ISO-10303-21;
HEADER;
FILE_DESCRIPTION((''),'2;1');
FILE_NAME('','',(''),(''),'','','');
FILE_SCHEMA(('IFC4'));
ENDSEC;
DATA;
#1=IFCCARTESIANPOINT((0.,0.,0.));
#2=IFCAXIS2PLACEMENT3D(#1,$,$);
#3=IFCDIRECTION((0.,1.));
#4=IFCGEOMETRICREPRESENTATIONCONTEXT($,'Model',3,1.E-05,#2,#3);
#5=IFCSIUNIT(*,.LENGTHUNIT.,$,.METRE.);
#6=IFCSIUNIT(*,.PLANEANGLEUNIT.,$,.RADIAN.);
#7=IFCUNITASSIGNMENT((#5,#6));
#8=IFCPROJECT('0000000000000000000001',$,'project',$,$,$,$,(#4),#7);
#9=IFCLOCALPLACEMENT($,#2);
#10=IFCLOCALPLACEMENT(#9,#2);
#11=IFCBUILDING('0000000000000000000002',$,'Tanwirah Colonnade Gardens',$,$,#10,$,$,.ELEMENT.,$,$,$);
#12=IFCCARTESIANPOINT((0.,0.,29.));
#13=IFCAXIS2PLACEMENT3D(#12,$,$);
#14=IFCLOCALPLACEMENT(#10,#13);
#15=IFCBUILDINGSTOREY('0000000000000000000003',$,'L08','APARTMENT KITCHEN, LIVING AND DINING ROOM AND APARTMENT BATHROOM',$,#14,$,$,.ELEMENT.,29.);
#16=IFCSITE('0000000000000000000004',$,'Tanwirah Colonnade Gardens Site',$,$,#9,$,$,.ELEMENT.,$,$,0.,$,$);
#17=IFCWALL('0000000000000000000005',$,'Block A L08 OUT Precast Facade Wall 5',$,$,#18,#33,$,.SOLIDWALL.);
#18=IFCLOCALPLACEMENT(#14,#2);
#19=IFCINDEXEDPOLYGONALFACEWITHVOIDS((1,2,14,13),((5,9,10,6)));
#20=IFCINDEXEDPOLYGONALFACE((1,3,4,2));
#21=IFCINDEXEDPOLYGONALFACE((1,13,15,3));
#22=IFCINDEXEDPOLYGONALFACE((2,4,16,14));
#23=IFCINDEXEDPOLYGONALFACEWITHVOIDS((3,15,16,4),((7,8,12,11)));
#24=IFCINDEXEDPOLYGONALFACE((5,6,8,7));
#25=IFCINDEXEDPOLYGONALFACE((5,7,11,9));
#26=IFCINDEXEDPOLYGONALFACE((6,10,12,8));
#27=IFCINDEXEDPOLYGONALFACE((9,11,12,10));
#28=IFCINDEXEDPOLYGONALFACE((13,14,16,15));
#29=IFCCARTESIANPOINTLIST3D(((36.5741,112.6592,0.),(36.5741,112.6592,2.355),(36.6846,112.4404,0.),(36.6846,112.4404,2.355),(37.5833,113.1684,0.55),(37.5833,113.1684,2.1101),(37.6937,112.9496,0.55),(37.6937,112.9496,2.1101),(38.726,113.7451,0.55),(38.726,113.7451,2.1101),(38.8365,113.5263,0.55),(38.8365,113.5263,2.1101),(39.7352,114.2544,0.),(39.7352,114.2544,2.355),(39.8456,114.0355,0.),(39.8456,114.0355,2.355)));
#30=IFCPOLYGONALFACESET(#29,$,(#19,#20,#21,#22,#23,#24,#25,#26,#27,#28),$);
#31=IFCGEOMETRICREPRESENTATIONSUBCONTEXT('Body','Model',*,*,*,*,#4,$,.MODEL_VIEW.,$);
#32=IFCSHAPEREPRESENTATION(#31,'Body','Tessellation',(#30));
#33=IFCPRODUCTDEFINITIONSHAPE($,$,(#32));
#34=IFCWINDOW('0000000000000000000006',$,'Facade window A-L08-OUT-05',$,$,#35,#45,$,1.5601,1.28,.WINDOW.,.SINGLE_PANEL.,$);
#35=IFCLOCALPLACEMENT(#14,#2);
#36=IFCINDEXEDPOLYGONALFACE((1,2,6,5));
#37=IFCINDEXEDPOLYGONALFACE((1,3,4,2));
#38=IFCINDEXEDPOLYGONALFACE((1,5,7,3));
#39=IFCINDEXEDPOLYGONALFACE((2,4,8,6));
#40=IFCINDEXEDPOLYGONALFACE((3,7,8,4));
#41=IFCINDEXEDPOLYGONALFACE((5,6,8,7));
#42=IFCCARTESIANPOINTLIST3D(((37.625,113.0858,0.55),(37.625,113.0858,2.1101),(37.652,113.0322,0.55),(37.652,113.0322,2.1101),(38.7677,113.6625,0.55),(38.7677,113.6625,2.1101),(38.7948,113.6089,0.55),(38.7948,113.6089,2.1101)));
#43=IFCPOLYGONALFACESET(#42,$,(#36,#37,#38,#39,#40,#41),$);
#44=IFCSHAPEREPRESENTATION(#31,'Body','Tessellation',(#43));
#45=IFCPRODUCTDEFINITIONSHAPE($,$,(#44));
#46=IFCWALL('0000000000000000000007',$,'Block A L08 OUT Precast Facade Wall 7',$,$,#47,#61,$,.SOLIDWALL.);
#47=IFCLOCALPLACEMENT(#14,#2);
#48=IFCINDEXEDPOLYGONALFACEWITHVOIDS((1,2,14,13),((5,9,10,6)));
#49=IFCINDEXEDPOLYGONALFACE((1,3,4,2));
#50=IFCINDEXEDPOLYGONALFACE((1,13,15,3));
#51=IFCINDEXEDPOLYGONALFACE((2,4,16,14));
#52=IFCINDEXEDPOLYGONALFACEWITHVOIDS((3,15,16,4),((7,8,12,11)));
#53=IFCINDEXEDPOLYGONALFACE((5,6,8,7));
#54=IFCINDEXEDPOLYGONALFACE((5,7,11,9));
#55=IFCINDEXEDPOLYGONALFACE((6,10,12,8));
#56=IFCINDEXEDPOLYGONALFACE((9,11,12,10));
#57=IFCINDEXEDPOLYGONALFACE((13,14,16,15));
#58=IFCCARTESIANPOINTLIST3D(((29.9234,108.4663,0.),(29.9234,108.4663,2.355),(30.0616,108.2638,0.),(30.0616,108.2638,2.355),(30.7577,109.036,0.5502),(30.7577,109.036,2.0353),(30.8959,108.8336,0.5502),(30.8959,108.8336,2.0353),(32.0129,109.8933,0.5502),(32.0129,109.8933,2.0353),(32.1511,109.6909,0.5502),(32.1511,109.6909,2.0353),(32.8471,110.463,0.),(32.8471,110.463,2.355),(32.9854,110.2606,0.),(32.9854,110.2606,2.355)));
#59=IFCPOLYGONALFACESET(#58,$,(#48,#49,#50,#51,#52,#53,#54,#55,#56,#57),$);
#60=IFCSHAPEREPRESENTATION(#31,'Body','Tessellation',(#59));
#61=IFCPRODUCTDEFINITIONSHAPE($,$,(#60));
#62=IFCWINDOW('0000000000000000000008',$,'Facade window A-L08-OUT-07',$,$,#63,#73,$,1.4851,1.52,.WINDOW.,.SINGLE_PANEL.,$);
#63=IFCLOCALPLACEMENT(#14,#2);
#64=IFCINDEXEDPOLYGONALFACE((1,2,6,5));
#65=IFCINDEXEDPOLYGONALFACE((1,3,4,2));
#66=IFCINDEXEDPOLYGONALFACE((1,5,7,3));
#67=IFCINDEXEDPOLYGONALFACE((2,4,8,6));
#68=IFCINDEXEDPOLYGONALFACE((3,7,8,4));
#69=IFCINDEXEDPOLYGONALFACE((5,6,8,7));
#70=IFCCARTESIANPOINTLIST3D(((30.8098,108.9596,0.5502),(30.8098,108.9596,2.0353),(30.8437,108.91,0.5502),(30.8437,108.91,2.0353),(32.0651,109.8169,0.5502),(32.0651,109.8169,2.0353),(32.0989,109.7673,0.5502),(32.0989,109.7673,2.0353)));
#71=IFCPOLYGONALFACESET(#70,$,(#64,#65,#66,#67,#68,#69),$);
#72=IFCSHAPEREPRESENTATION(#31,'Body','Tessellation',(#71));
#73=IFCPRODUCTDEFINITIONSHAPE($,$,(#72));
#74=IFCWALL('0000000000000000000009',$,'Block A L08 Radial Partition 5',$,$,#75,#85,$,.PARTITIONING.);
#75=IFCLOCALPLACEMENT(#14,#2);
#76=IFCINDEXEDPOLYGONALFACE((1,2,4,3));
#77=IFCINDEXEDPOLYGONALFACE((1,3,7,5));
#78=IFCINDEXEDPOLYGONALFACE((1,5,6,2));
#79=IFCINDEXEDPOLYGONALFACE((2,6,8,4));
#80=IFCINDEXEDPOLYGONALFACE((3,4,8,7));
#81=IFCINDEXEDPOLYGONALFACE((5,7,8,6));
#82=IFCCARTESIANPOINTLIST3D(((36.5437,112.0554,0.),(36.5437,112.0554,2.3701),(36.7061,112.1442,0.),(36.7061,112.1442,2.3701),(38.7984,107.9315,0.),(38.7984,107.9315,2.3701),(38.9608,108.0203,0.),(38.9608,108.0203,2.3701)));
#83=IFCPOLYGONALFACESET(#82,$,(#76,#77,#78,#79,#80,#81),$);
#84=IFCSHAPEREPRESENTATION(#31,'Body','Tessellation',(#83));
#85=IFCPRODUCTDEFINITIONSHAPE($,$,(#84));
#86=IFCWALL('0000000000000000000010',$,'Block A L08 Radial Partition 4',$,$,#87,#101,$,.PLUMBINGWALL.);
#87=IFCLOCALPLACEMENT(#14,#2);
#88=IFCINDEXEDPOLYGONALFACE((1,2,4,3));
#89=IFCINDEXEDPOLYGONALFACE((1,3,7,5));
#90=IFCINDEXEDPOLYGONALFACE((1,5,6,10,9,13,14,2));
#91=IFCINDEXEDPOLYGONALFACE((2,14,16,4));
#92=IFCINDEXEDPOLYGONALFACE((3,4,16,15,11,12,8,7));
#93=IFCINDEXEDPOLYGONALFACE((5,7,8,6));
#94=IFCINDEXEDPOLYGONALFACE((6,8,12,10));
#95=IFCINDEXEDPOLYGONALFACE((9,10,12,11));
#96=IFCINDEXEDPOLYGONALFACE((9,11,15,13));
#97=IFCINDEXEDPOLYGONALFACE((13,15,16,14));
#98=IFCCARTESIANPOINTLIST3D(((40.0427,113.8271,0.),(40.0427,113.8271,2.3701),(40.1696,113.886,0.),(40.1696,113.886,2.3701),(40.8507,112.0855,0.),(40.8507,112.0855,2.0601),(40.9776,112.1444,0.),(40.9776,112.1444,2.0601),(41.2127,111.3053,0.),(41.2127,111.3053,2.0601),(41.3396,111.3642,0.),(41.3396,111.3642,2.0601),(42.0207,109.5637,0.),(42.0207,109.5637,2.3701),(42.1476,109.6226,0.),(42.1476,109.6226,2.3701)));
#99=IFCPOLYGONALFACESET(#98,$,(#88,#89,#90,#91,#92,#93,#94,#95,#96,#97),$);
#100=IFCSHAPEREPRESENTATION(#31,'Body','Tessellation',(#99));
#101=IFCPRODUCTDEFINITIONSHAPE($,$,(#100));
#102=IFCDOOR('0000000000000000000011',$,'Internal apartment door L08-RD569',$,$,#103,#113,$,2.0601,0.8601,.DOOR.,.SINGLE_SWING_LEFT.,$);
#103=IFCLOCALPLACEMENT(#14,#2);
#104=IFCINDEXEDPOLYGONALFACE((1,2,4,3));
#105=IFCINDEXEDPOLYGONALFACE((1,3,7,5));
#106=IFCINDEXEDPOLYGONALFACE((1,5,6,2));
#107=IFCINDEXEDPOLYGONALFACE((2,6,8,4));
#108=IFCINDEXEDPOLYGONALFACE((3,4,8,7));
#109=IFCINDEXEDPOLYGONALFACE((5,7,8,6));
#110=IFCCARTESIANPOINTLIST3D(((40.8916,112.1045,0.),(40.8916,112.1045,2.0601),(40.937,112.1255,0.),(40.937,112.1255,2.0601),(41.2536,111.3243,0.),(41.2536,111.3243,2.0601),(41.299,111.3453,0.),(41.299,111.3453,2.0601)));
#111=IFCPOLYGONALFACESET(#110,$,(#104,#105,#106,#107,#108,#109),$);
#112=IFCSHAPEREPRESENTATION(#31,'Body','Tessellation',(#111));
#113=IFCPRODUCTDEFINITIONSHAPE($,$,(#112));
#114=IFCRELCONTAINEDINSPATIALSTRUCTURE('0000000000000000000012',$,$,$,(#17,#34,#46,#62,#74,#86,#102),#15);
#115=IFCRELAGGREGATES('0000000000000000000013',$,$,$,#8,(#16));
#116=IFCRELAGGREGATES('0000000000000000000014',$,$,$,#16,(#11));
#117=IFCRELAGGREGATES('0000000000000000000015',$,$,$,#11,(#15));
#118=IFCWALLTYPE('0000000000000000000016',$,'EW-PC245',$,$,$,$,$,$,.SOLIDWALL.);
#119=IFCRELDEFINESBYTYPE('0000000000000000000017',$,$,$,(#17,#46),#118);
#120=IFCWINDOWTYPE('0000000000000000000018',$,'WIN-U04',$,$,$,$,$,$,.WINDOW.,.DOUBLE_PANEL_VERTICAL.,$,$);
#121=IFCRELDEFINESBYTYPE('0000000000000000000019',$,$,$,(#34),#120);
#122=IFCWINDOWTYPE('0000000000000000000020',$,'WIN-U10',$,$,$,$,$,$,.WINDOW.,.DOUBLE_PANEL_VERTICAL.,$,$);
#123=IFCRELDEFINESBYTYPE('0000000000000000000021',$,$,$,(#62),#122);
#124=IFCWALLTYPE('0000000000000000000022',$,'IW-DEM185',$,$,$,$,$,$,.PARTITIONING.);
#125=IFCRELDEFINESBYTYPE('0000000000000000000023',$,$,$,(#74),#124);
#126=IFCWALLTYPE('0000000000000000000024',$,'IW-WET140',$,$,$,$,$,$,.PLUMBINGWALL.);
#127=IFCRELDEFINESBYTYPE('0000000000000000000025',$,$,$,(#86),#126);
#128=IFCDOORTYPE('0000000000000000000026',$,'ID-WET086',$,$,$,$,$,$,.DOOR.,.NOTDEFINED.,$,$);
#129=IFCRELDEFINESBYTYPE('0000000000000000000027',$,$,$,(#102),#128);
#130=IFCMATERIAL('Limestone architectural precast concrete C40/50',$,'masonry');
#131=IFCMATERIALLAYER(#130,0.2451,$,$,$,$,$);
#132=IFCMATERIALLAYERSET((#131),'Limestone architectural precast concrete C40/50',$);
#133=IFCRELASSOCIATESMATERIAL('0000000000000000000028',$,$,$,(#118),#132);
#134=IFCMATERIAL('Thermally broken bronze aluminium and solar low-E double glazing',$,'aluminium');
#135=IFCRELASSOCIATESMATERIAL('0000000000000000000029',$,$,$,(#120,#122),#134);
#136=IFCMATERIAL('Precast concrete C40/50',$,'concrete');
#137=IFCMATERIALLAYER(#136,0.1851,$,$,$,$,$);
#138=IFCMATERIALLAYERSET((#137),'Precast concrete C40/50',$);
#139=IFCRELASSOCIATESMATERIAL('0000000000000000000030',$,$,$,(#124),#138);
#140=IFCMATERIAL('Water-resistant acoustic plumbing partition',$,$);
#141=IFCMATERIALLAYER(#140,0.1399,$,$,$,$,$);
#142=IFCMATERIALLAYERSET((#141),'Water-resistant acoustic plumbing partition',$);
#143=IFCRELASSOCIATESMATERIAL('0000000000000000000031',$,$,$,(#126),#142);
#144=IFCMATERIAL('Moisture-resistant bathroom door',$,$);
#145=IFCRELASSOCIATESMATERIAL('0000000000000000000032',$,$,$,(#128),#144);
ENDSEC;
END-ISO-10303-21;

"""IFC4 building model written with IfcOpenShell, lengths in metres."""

from ifc_helpers import new_model, si_unit, direction, frame, frame_2d, origin, place, context, subcontext, project, spatial, rectangle, extrude, material, layer, layer_set, type_object, element, fill, save


model = new_model("IFC4")

# Units and contexts
model_context = context("Model", 3, precision=1e-05, world=origin(), true_north=direction((0.0, 1.0)))
body_context = subcontext(model_context, "Body", "Model", "MODEL_VIEW")
ifc_project = project(units=[si_unit("LENGTHUNIT", "METRE"), si_unit("PLANEANGLEUNIT", "RADIAN")], contexts=[model_context])

# Site, building, storey
site_placement = place(None, origin())
site = spatial("IfcSite", under=ifc_project, at=site_placement, Name="Tanwirah Colonnade Gardens Site", CompositionType="ELEMENT", RefElevation=0.0)
building_placement = place(site_placement, origin())
building = spatial("IfcBuilding", under=site, at=building_placement, Name="Tanwirah Colonnade Gardens", CompositionType="ELEMENT")
storey_placement = place(building_placement, frame((0.0, 0.0, 29.0)))
storey = spatial("IfcBuildingStorey", under=building, at=storey_placement, Name="L08", Description="APARTMENT KITCHEN, LIVING AND DINING ROOM AND APARTMENT BATHROOM", CompositionType="ELEMENT", Elevation=29.0)

# Shared definitions
ifc_material_1 = material(Name="Precast concrete C40/50", Category="concrete")

# Wall, opening, window
ifc_material_2 = material(Name="Limestone architectural precast concrete C40/50", Category="masonry")
ifc_layer_1 = layer(ifc_material_2, 0.2451)
ifc_layer_set_1 = layer_set([ifc_layer_1], Name="Limestone architectural precast concrete C40/50")
wall_type_1 = type_object("IfcWallType", Name="EW-PC245", PredefinedType="SOLIDWALL", material=ifc_layer_set_1)
ifc_material_3 = material(Name="Thermally broken bronze aluminium and solar low-E double glazing", Category="aluminium")
wall_1_placement = place(storey_placement, frame((39.7905, 114.145, 0.0), z_axis=(0.0, 0.0, 1.0), x_axis=(-0.892766, -0.45052, 0.0)))
wall_1 = element("IfcWall", 1, at=wall_1_placement, inside=storey, type_object=wall_type_1, Name="Block A L08 OUT Precast Facade Wall 5", PredefinedType="SOLIDWALL", context=body_context, shape_type="SweptSolid", body=[
    extrude(rectangle(XDim=3.5408, YDim=0.2451, at=frame_2d((1.7705, 0.0))), origin(), (0.0, 0.0, 1.0), 2.355),
])
opening_1_placement = place(wall_1_placement, frame((1.1304, 0.0, 0.55)))
opening_1 = element("IfcOpeningElement", 2, at=opening_1_placement, cuts=wall_1, PredefinedType="OPENING", context=body_context, shape_type="SweptSolid", body=[
    extrude(rectangle(XDim=1.28, YDim=1.5601, at=frame_2d((0.6401, 0.78))), frame((0.0, 0.1326, 0.0), z_axis=(0.0, -1.0, 0.0), x_axis=(1.0, 0.0, 0.0)), (0.0, 0.0, 1.0), 0.2651),
])
window_type_1 = type_object("IfcWindowType", Name="WIN-U04", PartitioningType="DOUBLE_PANEL_VERTICAL", PredefinedType="WINDOW", material=ifc_material_3)
window_1_placement = place(opening_1_placement, origin())
window_1 = element("IfcWindow", 3, at=window_1_placement, inside=storey, type_object=window_type_1, Name="Facade window A-L08-OUT-05", OverallHeight=1.5601, OverallWidth=1.28, PartitioningType="SINGLE_PANEL", PredefinedType="WINDOW", context=body_context, shape_type="SweptSolid", body=[
    extrude(rectangle(XDim=1.28, YDim=1.5601, at=frame_2d((0.6401, 0.78))), frame((0.0, 0.03, 0.0), z_axis=(0.0, -1.0, 0.0), x_axis=(1.0, 0.0, 0.0)), (0.0, 0.0, 1.0), 0.0601),
])
fill(opening_1, window_1)

# Wall, opening, window
wall_2_placement = place(storey_placement, frame((32.9163, 110.3618, 0.0), z_axis=(0.0, 0.0, 1.0), x_axis=(-0.825792, -0.563974, 0.0)))
wall_2 = element("IfcWall", 4, at=wall_2_placement, inside=storey, type_object=wall_type_1, Name="Block A L08 OUT Precast Facade Wall 7", PredefinedType="SOLIDWALL", context=body_context, shape_type="SweptSolid", body=[
    extrude(rectangle(XDim=3.5405, YDim=0.2451, at=frame_2d((1.7703, 0.0))), origin(), (0.0, 0.0, 1.0), 2.355),
])
opening_2_placement = place(wall_2_placement, frame((1.0103, 0.0, 0.55)))
opening_2 = element("IfcOpeningElement", 5, at=opening_2_placement, cuts=wall_2, PredefinedType="OPENING", context=body_context, shape_type="SweptSolid", body=[
    extrude(rectangle(XDim=1.52, YDim=1.4851, at=frame_2d((0.76, 0.7427))), frame((0.0, 0.1326, 0.0), z_axis=(0.0, -1.0, 0.0), x_axis=(1.0, 0.0, 0.0)), (0.0, 0.0, 1.0), 0.2651),
])
window_type_2 = type_object("IfcWindowType", Name="WIN-U10", PartitioningType="DOUBLE_PANEL_VERTICAL", PredefinedType="WINDOW", material=ifc_material_3)
window_2_placement = place(opening_2_placement, origin())
window_2 = element("IfcWindow", 6, at=window_2_placement, inside=storey, type_object=window_type_2, Name="Facade window A-L08-OUT-07", OverallHeight=1.4851, OverallWidth=1.52, PartitioningType="SINGLE_PANEL", PredefinedType="WINDOW", context=body_context, shape_type="SweptSolid", body=[
    extrude(rectangle(XDim=1.52, YDim=1.4851, at=frame_2d((0.76, 0.7427))), frame((0.0, 0.03, 0.0), z_axis=(0.0, -1.0, 0.0), x_axis=(1.0, 0.0, 0.0)), (0.0, 0.0, 1.0), 0.0601),
])
fill(opening_2, window_2)

# Wall
ifc_layer_2 = layer(ifc_material_1, 0.1851)
ifc_layer_set_2 = layer_set([ifc_layer_2], Name="Precast concrete C40/50")
wall_type_2 = type_object("IfcWallType", Name="IW-DEM185", PredefinedType="PARTITIONING", material=ifc_layer_set_2)
wall_3_placement = place(storey_placement, frame((38.8796, 107.9758, 0.0), z_axis=(0.0, 0.0, 1.0), x_axis=(-0.479722, 0.877421, 0.0)))
element("IfcWall", 7, at=wall_3_placement, inside=storey, type_object=wall_type_2, Name="Block A L08 Radial Partition 5", PredefinedType="PARTITIONING", context=body_context, shape_type="SweptSolid", body=[
    extrude(rectangle(XDim=4.7, YDim=0.1851, at=frame_2d((2.3501, 0.0))), origin(), (0.0, 0.0, 1.0), 2.3701),
])

# Wall, opening, door
ifc_material_4 = material(Name="Water-resistant acoustic plumbing partition")
ifc_layer_3 = layer(ifc_material_4, 0.1399)
ifc_layer_set_3 = layer_set([ifc_layer_3], Name="Water-resistant acoustic plumbing partition")
wall_type_3 = type_object("IfcWallType", Name="IW-WET140", PredefinedType="PLUMBINGWALL", material=ifc_layer_set_3)
wall_4_placement = place(storey_placement, frame((42.0842, 109.593, 0.0), z_axis=(0.0, 0.0, 1.0), x_axis=(-0.420863, 0.907124, 0.0)))
wall_4 = element("IfcWall", 8, at=wall_4_placement, inside=storey, type_object=wall_type_3, Name="Block A L08 Radial Partition 4", PredefinedType="PLUMBINGWALL", context=body_context, shape_type="SweptSolid", body=[
    extrude(rectangle(XDim=4.7, YDim=0.1399, at=frame_2d((2.3501, 0.0))), origin(), (0.0, 0.0, 1.0), 2.3701),
])
opening_3_placement = place(wall_4_placement, frame((1.9199, 0.0, 0.0)))
opening_3 = element("IfcOpeningElement", 9, at=opening_3_placement, cuts=wall_4, PredefinedType="OPENING", context=body_context, shape_type="SweptSolid", body=[
    extrude(rectangle(XDim=0.8601, YDim=2.0601, at=frame_2d((0.4302, 1.03))), frame((0.0, 0.0798, 0.0), z_axis=(0.0, -1.0, 0.0), x_axis=(1.0, 0.0, 0.0)), (0.0, 0.0, 1.0), 0.1599),
])
ifc_material_5 = material(Name="Moisture-resistant bathroom door")
door_type_1 = type_object("IfcDoorType", Name="ID-WET086", OperationType="NOTDEFINED", PredefinedType="DOOR", material=ifc_material_5)
door_1_placement = place(opening_3_placement, origin())
door_1 = element("IfcDoor", 10, at=door_1_placement, inside=storey, type_object=door_type_1, Name="Internal apartment door L08-RD569", OperationType="SINGLE_SWING_LEFT", OverallHeight=2.0601, OverallWidth=0.8601, PredefinedType="DOOR", context=body_context, shape_type="SweptSolid", body=[
    extrude(rectangle(XDim=0.8601, YDim=2.0601, at=frame_2d((0.4302, 1.03))), frame((0.0, 0.0249, 0.0), z_axis=(0.0, -1.0, 0.0), x_axis=(1.0, 0.0, 0.0)), (0.0, 0.0, 1.0), 0.05),
])
fill(opening_3, door_1)

save(model, "model.ifc")
